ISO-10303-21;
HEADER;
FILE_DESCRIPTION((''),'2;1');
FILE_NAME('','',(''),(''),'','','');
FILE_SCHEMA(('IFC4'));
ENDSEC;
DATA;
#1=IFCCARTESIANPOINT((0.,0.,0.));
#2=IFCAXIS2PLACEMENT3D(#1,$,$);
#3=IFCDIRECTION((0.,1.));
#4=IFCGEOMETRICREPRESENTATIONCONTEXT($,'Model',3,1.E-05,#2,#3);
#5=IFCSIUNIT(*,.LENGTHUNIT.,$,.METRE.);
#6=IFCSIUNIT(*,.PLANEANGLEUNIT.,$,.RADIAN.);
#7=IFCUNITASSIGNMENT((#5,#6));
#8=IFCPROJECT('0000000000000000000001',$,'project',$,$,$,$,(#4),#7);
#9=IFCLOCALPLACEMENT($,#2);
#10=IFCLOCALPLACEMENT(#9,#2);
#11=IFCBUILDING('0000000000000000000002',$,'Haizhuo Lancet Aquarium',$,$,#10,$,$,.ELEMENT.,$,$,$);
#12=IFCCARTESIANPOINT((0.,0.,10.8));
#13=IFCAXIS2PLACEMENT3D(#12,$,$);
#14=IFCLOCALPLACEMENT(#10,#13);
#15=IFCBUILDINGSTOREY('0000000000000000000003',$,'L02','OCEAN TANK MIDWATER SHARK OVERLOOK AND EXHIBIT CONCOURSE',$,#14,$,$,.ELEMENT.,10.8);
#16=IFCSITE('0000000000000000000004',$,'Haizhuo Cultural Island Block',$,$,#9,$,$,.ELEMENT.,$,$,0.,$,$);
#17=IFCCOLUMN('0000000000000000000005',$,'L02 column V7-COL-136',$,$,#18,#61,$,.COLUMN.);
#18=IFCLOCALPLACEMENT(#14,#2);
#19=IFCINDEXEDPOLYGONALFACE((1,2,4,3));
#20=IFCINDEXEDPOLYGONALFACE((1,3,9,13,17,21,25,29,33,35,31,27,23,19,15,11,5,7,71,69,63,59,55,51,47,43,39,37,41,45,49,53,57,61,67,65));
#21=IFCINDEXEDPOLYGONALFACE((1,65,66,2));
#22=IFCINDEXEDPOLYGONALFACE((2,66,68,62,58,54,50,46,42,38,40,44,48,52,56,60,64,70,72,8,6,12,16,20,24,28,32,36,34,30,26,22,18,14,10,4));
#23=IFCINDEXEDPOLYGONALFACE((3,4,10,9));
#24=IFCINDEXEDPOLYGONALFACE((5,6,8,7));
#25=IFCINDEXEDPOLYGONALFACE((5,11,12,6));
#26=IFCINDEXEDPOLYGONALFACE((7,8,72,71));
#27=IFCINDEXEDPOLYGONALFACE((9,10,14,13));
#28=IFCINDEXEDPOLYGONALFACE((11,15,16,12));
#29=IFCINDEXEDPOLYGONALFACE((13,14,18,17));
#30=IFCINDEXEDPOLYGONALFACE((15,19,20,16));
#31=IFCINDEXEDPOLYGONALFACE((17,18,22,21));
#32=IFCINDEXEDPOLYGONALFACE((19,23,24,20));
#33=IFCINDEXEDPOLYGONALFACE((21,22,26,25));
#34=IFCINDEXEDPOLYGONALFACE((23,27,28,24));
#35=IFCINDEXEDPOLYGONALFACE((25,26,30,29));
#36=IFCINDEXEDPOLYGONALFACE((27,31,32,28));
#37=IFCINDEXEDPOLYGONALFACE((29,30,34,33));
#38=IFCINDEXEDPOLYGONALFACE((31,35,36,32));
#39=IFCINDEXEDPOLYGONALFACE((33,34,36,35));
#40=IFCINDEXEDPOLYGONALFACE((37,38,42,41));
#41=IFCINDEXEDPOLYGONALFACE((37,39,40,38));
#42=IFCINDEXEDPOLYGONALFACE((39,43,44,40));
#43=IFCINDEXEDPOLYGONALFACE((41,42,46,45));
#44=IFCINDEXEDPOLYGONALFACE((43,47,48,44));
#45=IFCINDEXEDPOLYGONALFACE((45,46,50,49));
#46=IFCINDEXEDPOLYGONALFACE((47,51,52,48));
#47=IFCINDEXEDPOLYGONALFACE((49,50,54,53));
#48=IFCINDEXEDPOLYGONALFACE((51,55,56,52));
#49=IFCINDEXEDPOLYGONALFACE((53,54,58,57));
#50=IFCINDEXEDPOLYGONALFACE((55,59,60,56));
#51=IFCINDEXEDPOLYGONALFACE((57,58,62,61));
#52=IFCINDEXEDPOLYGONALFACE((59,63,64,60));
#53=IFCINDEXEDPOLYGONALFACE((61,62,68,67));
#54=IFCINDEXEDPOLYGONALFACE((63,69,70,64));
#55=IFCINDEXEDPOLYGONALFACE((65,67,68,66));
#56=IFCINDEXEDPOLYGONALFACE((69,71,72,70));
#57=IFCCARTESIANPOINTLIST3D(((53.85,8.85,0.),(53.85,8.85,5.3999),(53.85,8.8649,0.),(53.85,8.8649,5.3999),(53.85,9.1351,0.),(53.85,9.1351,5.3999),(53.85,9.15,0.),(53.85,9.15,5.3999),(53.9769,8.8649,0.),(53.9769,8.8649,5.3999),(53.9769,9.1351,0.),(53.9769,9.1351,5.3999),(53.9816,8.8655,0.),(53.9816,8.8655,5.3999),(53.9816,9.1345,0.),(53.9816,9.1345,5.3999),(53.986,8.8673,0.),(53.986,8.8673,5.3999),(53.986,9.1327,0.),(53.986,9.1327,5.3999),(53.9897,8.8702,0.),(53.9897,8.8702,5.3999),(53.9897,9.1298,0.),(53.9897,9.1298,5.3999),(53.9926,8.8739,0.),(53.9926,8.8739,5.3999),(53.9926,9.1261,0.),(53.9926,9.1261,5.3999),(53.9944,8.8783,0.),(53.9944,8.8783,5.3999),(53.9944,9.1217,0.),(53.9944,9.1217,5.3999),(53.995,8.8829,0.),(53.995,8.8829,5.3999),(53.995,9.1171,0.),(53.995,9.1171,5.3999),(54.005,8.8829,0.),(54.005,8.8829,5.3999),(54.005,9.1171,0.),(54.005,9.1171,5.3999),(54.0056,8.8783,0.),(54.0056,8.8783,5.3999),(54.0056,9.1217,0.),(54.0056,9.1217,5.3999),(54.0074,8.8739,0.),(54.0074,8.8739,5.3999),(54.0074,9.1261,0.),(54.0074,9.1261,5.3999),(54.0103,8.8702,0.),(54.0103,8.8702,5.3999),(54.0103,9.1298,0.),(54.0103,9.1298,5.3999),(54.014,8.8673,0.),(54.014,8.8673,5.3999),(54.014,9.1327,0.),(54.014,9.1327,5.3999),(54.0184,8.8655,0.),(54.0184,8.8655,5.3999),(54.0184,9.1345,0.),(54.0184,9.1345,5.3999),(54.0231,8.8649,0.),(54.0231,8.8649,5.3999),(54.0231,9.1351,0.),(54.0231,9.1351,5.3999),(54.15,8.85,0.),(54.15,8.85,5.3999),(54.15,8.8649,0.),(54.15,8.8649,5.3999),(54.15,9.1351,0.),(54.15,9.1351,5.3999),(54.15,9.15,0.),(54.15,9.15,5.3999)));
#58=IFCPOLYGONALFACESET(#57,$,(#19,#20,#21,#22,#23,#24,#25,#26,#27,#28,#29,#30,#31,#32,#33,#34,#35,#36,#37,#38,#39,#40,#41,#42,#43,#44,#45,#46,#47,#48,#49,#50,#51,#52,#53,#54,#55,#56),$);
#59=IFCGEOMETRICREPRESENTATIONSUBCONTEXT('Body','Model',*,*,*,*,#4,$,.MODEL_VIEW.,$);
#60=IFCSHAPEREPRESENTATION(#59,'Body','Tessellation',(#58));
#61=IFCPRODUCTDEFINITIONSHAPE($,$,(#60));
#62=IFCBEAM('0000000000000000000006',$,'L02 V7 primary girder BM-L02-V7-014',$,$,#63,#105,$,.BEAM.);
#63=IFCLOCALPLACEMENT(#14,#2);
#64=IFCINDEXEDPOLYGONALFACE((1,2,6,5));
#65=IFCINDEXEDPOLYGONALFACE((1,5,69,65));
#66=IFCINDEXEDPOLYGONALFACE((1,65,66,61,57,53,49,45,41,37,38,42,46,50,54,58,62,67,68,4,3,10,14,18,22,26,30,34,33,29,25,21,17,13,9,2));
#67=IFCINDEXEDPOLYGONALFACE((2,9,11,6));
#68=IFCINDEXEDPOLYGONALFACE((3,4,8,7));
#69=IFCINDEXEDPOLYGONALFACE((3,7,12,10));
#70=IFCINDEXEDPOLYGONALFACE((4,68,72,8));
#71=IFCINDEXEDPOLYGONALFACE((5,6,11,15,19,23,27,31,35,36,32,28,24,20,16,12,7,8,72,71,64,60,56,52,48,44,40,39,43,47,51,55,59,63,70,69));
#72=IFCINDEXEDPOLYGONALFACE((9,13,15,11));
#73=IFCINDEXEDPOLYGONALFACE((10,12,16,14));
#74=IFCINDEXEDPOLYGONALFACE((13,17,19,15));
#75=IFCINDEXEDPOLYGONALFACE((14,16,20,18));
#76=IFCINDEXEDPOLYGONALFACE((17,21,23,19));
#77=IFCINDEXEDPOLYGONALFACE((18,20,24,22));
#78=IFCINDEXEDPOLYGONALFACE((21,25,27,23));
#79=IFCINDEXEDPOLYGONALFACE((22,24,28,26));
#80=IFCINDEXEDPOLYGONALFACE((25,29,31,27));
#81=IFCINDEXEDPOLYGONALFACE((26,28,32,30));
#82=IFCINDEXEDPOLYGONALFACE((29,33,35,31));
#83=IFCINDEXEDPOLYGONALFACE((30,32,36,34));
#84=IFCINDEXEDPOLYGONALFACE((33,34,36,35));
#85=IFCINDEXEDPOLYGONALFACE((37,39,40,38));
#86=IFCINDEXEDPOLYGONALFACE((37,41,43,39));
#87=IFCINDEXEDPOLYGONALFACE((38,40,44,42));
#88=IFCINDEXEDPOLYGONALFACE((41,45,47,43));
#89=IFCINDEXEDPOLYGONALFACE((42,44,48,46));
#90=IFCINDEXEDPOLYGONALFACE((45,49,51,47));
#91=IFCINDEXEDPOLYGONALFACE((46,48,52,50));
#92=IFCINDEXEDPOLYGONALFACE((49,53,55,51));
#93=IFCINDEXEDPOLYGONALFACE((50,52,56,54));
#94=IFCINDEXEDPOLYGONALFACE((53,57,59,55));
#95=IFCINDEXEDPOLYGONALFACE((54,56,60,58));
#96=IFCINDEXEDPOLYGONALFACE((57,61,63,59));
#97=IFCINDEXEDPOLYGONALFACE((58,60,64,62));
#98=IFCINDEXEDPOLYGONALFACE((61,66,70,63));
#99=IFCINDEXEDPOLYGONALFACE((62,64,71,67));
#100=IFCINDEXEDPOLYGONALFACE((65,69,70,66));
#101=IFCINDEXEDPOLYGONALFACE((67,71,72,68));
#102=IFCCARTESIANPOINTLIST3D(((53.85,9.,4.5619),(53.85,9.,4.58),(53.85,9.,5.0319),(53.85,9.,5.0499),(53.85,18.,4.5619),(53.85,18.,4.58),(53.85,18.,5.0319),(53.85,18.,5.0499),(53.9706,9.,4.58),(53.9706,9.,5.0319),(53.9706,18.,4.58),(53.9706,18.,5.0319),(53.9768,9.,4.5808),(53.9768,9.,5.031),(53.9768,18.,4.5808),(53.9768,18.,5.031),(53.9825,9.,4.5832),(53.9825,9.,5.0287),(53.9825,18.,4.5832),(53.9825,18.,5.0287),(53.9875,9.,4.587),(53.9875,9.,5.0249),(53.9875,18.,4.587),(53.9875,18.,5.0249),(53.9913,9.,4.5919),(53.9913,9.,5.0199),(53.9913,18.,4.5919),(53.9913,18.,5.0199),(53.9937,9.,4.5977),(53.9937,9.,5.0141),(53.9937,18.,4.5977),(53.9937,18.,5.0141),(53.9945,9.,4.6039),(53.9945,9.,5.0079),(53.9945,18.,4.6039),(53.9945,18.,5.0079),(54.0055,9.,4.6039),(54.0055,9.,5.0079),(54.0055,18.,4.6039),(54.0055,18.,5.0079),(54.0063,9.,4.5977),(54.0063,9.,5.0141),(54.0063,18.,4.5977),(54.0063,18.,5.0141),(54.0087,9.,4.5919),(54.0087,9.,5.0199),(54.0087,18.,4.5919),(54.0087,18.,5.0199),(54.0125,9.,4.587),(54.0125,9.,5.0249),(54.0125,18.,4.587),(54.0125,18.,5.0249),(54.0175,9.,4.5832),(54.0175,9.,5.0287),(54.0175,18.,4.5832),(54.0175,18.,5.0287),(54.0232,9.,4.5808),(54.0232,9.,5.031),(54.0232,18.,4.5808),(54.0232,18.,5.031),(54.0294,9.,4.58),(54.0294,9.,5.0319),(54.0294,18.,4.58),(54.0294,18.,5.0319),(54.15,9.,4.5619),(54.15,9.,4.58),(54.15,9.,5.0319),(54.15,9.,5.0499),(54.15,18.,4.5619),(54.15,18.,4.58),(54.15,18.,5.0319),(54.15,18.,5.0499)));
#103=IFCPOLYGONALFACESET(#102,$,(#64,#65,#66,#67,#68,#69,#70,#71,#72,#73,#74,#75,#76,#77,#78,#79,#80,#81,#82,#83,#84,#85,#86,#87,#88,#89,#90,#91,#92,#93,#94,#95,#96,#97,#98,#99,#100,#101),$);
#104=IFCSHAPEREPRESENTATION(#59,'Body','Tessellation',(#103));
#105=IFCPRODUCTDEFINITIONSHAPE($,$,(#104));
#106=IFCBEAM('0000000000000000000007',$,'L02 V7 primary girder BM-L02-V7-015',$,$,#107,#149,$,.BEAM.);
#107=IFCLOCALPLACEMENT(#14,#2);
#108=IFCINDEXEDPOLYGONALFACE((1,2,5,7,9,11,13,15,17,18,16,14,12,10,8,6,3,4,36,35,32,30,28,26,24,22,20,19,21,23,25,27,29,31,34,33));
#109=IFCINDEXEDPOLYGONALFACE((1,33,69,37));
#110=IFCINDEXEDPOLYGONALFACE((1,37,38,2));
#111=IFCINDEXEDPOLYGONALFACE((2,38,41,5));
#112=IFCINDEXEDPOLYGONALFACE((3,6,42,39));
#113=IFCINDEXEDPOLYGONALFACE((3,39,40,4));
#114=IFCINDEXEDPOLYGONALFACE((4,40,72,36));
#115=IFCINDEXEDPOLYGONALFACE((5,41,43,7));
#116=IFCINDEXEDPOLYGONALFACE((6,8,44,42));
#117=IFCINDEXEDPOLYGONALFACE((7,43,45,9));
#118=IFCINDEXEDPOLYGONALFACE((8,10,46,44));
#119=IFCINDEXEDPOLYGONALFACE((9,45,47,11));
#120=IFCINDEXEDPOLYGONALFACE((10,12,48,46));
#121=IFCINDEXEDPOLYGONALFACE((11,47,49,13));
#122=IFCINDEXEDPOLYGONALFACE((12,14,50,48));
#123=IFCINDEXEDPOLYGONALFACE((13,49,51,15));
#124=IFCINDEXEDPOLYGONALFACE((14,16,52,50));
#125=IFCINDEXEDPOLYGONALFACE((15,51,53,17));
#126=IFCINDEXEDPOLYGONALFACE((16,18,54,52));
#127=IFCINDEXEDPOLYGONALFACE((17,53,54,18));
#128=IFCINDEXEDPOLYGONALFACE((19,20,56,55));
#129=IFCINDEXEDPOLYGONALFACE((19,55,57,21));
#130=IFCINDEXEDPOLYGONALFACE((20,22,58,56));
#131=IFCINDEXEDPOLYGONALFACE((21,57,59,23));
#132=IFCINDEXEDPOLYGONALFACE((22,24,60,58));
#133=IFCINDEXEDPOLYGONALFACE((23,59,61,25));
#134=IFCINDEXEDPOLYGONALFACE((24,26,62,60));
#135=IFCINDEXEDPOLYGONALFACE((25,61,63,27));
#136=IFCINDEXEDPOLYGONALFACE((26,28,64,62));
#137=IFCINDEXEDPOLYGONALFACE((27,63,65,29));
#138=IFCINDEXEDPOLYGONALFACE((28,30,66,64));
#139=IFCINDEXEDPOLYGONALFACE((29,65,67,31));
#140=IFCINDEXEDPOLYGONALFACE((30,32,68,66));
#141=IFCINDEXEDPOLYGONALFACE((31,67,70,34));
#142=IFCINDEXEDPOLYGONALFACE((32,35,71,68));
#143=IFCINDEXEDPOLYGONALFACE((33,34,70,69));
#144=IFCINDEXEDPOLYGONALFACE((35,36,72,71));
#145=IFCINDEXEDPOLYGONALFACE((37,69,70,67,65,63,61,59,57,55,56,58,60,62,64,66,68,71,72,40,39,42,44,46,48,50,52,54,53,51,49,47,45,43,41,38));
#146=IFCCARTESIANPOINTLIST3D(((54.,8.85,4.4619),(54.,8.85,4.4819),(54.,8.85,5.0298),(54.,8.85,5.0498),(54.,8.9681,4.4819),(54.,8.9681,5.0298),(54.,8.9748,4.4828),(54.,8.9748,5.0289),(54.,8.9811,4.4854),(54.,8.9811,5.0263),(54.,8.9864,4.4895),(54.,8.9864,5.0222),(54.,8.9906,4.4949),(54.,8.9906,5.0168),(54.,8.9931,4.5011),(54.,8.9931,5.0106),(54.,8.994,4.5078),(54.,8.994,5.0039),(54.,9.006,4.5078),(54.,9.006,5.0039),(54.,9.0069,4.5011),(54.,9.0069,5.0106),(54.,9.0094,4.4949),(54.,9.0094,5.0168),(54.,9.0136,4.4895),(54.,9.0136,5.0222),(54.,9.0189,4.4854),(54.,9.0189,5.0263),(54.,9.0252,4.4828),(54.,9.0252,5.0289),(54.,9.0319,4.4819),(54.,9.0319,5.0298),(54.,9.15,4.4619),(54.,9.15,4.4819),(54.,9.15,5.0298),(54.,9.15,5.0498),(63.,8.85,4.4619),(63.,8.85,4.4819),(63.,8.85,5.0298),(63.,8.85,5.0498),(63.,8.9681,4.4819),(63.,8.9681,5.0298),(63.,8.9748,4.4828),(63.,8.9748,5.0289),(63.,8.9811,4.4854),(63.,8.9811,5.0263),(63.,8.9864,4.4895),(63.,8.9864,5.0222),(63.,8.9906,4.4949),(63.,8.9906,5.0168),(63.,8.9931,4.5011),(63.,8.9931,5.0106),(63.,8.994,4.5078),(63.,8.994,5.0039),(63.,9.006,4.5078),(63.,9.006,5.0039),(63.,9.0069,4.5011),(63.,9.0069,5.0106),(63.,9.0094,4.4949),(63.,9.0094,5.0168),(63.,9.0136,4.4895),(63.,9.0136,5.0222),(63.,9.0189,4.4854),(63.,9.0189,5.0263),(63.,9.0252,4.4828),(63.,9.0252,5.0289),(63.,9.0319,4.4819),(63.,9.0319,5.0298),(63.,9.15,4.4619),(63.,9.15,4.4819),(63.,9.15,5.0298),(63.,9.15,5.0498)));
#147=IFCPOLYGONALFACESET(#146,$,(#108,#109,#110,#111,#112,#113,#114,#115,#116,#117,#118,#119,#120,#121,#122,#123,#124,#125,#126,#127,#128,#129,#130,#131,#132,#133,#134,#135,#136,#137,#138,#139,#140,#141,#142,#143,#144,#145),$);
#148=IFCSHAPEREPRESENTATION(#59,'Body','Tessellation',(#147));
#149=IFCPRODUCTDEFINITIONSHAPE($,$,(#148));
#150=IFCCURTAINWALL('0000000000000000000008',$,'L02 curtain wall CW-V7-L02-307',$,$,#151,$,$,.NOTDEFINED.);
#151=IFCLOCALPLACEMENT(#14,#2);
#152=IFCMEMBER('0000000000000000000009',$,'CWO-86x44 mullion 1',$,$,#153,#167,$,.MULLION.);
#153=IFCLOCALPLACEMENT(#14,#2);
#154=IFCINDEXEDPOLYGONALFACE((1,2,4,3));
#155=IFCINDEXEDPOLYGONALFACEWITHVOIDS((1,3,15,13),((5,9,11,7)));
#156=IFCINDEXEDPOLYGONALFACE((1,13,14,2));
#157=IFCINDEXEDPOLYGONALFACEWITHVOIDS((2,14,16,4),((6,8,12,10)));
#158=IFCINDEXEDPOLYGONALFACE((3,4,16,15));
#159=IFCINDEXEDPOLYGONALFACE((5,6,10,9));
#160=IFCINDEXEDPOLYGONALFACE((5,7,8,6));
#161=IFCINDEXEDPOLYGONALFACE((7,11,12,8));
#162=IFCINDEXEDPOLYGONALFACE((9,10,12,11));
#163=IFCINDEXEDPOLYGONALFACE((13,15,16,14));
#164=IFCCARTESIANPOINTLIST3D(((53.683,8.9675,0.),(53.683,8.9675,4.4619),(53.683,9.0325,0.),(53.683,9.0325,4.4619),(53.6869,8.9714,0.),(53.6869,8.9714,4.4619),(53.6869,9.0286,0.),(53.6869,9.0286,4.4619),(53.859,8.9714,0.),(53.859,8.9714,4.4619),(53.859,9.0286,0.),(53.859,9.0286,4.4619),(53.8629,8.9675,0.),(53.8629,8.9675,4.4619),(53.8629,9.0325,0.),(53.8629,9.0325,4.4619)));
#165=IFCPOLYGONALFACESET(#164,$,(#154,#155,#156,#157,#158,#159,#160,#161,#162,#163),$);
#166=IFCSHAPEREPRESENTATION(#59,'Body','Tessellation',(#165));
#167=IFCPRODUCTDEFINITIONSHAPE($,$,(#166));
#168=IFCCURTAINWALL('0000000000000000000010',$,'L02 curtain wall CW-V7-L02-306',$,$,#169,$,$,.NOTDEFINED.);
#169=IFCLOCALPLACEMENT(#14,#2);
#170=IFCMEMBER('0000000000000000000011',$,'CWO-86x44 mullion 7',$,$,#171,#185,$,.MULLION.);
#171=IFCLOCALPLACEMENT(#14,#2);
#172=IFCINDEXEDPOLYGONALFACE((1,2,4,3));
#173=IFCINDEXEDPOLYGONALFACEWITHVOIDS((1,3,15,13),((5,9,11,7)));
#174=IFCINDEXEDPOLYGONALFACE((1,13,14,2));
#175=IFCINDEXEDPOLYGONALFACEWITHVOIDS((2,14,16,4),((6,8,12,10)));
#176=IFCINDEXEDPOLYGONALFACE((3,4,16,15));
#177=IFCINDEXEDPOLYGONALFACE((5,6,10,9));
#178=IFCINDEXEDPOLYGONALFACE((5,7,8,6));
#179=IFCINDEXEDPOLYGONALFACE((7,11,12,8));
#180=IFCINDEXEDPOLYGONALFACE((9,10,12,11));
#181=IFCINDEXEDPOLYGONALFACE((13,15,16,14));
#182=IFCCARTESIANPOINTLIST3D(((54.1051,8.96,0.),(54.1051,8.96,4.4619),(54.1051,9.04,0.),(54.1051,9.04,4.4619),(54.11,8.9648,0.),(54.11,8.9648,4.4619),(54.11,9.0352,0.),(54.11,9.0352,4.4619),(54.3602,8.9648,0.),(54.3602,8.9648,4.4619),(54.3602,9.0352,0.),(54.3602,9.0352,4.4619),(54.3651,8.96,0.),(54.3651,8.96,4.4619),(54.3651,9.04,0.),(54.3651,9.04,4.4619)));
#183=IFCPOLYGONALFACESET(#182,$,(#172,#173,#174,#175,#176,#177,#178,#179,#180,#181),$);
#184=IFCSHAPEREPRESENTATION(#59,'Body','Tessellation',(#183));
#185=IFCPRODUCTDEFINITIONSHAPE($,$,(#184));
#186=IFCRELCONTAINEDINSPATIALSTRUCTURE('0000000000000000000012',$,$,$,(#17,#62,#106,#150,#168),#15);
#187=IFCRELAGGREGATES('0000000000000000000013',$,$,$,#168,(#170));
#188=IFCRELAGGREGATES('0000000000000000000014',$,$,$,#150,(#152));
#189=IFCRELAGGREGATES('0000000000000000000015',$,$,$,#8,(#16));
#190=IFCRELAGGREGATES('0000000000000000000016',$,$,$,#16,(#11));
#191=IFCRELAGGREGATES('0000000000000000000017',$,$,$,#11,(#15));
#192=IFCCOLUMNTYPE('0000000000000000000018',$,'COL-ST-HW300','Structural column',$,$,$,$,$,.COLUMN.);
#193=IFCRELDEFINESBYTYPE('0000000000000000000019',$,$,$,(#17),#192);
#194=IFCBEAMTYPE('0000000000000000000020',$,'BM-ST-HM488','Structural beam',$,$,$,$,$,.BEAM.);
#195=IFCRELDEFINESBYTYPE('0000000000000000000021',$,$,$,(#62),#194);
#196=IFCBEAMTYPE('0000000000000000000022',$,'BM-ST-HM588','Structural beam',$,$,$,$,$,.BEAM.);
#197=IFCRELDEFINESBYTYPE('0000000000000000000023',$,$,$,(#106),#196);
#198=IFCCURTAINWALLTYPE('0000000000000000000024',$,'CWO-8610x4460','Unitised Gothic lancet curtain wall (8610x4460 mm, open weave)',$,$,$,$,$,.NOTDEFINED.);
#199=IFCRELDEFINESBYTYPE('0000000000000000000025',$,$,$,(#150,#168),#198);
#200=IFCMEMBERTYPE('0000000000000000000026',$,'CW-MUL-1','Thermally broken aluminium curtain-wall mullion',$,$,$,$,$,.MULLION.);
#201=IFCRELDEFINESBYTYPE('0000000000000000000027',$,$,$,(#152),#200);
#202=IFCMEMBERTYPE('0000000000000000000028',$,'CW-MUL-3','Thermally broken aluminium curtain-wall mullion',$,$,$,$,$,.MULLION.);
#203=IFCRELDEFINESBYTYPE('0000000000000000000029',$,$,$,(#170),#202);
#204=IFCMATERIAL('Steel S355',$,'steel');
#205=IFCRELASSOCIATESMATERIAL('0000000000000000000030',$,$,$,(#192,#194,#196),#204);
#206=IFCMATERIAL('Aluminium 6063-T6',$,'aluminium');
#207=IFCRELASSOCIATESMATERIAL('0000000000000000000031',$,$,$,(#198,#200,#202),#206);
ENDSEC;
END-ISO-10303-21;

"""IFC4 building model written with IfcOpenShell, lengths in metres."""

from ifc_helpers import new_model, si_unit, direction, frame, origin, origin_2d, place, context, subcontext, project, spatial, hollow_rectangle, i_section, extrude, material, material_profile, profile_set, type_object, element, aggregate, save


model = new_model("IFC4")

# Units and contexts
model_context = context("Model", 3, precision=1e-05, world=origin(), true_north=direction((0.0, 1.0)))
body_context = subcontext(model_context, "Body", "Model", "MODEL_VIEW")
ifc_project = project(units=[si_unit("LENGTHUNIT", "METRE"), si_unit("PLANEANGLEUNIT", "RADIAN")], contexts=[model_context])

# Site, building, storey
site_placement = place(None, origin())
site = spatial("IfcSite", under=ifc_project, at=site_placement, Name="Haizhuo Cultural Island Block", CompositionType="ELEMENT", RefElevation=0.0)
building_placement = place(site_placement, origin())
building = spatial("IfcBuilding", under=site, at=building_placement, Name="Haizhuo Lancet Aquarium", CompositionType="ELEMENT")
storey_placement = place(building_placement, frame((0.0, 0.0, 10.8)))
storey = spatial("IfcBuildingStorey", under=building, at=storey_placement, Name="L02", Description="OCEAN TANK MIDWATER SHARK OVERLOOK AND EXHIBIT CONCOURSE", CompositionType="ELEMENT", Elevation=10.8)

# Column
ifc_material_1 = material(Name="Steel S355", Category="steel")
ifc_material_profile_1 = material_profile(ifc_material_1, i_section(OverallWidth=0.3, OverallDepth=0.3, WebThickness=0.01, FlangeThickness=0.0149, FilletRadius=0.0181, at=origin_2d()), Name="HW 300x300x10x15")
ifc_profile_set_1 = profile_set([ifc_material_profile_1], Name="Steel S355")
column_type = type_object("IfcColumnType", Name="COL-ST-HW300", Description="Structural column", PredefinedType="COLUMN", material=ifc_profile_set_1)
column_placement = place(storey_placement, frame((54.0, 9.0, 0.0), z_axis=(0.0, 0.0, 1.0), x_axis=(1.0, 0.0, 0.0)))
element("IfcColumn", 1, at=column_placement, inside=storey, type_object=column_type, Name="L02 column V7-COL-136", PredefinedType="COLUMN", context=body_context, shape_type="SweptSolid", body=[
    extrude(i_section(OverallWidth=0.3, OverallDepth=0.3, WebThickness=0.01, FlangeThickness=0.0149, FilletRadius=0.0181, at=origin_2d()), origin(), (0.0, 0.0, 1.0), 5.3999),
])

# Beams
ifc_material_profile_2 = material_profile(ifc_material_1, i_section(OverallWidth=0.3, OverallDepth=0.488, WebThickness=0.011, FlangeThickness=0.0181, FilletRadius=0.0239, at=origin_2d()), Name="HM 488x300x11x18")
ifc_profile_set_2 = profile_set([ifc_material_profile_2], Name="Steel S355")
beam_type_1 = type_object("IfcBeamType", Name="BM-ST-HM488", Description="Structural beam", PredefinedType="BEAM", material=ifc_profile_set_2)
beam_1_placement = place(storey_placement, frame((54.0, 9.0, 4.8059), z_axis=(0.0, 1.0, 0.0), x_axis=(-1.0, 0.0, 0.0)))
element("IfcBeam", 2, at=beam_1_placement, inside=storey, type_object=beam_type_1, Name="L02 V7 primary girder BM-L02-V7-014", PredefinedType="BEAM", context=body_context, shape_type="SweptSolid", body=[
    extrude(i_section(OverallWidth=0.3, OverallDepth=0.488, WebThickness=0.011, FlangeThickness=0.0181, FilletRadius=0.0239, at=origin_2d()), origin(), (0.0, 0.0, 1.0), 9.0),
])
ifc_material_profile_3 = material_profile(ifc_material_1, i_section(OverallWidth=0.3, OverallDepth=0.5879, WebThickness=0.012, FlangeThickness=0.02, FilletRadius=0.0259, at=origin_2d()), Name="HM 588x300x12x20")
ifc_profile_set_3 = profile_set([ifc_material_profile_3], Name="Steel S355")
beam_type_2 = type_object("IfcBeamType", Name="BM-ST-HM588", Description="Structural beam", PredefinedType="BEAM", material=ifc_profile_set_3)
beam_2_placement = place(storey_placement, frame((54.0, 9.0, 4.7559), z_axis=(1.0, 0.0, 0.0), x_axis=(0.0, 1.0, 0.0)))
element("IfcBeam", 3, at=beam_2_placement, inside=storey, type_object=beam_type_2, Name="L02 V7 primary girder BM-L02-V7-015", PredefinedType="BEAM", context=body_context, shape_type="SweptSolid", body=[
    extrude(i_section(OverallWidth=0.3, OverallDepth=0.5879, WebThickness=0.012, FlangeThickness=0.02, FilletRadius=0.0259, at=origin_2d()), origin(), (0.0, 0.0, 1.0), 9.0),
])

# Curtain walls, members
ifc_material_2 = material(Name="Aluminium 6063-T6", Category="aluminium")
curtain_wall_type = type_object("IfcCurtainWallType", Name="CWO-8610x4460", Description="Unitised Gothic lancet curtain wall (8610x4460 mm, open weave)", PredefinedType="NOTDEFINED", material=ifc_material_2)
curtain_wall_1_placement = place(storey_placement, origin())
curtain_wall_1 = element("IfcCurtainWall", 4, at=curtain_wall_1_placement, inside=storey, type_object=curtain_wall_type, Name="L02 curtain wall CW-V7-L02-307", PredefinedType="NOTDEFINED")
ifc_material_profile_4 = material_profile(ifc_material_2, hollow_rectangle(XDim=0.0649, YDim=0.1799, WallThickness=0.0039, at=origin_2d()), Name="ALU-M 65x180x4")
ifc_profile_set_4 = profile_set([ifc_material_profile_4], Name="Aluminium 6063-T6")
member_type_1 = type_object("IfcMemberType", Name="CW-MUL-1", Description="Thermally broken aluminium curtain-wall mullion", PredefinedType="MULLION", material=ifc_profile_set_4)
member_1_placement = place(storey_placement, frame((53.7729, 9.0, 0.0), z_axis=(0.0, 0.0, 1.0), x_axis=(0.0, -1.0, 0.0)))
member_1 = element("IfcMember", 5, at=member_1_placement, type_object=member_type_1, Name="CWO-86x44 mullion 1", PredefinedType="MULLION", context=body_context, shape_type="SweptSolid", body=[
    extrude(hollow_rectangle(XDim=0.0649, YDim=0.1799, WallThickness=0.0039, at=origin_2d()), origin(), (0.0, 0.0, 1.0), 4.4619),
])
curtain_wall_2_placement = place(storey_placement, origin())
curtain_wall_2 = element("IfcCurtainWall", 6, at=curtain_wall_2_placement, inside=storey, type_object=curtain_wall_type, Name="L02 curtain wall CW-V7-L02-306", PredefinedType="NOTDEFINED")
ifc_material_profile_5 = material_profile(ifc_material_2, hollow_rectangle(XDim=0.0801, YDim=0.26, WallThickness=0.0049, at=origin_2d()), Name="ALU-M 80x260x5")
ifc_profile_set_5 = profile_set([ifc_material_profile_5], Name="Aluminium 6063-T6")
member_type_2 = type_object("IfcMemberType", Name="CW-MUL-3", Description="Thermally broken aluminium curtain-wall mullion", PredefinedType="MULLION", material=ifc_profile_set_5)
member_2_placement = place(storey_placement, frame((54.2351, 9.0, 0.0), z_axis=(0.0, 0.0, 1.0), x_axis=(0.0, -1.0, 0.0)))
member_2 = element("IfcMember", 7, at=member_2_placement, type_object=member_type_2, Name="CWO-86x44 mullion 7", PredefinedType="MULLION", context=body_context, shape_type="SweptSolid", body=[
    extrude(hollow_rectangle(XDim=0.0801, YDim=0.26, WallThickness=0.0049, at=origin_2d()), origin(), (0.0, 0.0, 1.0), 4.4619),
])
aggregate(curtain_wall_2, [member_2])

aggregate(curtain_wall_1, [member_1])

save(model, "model.ifc")
